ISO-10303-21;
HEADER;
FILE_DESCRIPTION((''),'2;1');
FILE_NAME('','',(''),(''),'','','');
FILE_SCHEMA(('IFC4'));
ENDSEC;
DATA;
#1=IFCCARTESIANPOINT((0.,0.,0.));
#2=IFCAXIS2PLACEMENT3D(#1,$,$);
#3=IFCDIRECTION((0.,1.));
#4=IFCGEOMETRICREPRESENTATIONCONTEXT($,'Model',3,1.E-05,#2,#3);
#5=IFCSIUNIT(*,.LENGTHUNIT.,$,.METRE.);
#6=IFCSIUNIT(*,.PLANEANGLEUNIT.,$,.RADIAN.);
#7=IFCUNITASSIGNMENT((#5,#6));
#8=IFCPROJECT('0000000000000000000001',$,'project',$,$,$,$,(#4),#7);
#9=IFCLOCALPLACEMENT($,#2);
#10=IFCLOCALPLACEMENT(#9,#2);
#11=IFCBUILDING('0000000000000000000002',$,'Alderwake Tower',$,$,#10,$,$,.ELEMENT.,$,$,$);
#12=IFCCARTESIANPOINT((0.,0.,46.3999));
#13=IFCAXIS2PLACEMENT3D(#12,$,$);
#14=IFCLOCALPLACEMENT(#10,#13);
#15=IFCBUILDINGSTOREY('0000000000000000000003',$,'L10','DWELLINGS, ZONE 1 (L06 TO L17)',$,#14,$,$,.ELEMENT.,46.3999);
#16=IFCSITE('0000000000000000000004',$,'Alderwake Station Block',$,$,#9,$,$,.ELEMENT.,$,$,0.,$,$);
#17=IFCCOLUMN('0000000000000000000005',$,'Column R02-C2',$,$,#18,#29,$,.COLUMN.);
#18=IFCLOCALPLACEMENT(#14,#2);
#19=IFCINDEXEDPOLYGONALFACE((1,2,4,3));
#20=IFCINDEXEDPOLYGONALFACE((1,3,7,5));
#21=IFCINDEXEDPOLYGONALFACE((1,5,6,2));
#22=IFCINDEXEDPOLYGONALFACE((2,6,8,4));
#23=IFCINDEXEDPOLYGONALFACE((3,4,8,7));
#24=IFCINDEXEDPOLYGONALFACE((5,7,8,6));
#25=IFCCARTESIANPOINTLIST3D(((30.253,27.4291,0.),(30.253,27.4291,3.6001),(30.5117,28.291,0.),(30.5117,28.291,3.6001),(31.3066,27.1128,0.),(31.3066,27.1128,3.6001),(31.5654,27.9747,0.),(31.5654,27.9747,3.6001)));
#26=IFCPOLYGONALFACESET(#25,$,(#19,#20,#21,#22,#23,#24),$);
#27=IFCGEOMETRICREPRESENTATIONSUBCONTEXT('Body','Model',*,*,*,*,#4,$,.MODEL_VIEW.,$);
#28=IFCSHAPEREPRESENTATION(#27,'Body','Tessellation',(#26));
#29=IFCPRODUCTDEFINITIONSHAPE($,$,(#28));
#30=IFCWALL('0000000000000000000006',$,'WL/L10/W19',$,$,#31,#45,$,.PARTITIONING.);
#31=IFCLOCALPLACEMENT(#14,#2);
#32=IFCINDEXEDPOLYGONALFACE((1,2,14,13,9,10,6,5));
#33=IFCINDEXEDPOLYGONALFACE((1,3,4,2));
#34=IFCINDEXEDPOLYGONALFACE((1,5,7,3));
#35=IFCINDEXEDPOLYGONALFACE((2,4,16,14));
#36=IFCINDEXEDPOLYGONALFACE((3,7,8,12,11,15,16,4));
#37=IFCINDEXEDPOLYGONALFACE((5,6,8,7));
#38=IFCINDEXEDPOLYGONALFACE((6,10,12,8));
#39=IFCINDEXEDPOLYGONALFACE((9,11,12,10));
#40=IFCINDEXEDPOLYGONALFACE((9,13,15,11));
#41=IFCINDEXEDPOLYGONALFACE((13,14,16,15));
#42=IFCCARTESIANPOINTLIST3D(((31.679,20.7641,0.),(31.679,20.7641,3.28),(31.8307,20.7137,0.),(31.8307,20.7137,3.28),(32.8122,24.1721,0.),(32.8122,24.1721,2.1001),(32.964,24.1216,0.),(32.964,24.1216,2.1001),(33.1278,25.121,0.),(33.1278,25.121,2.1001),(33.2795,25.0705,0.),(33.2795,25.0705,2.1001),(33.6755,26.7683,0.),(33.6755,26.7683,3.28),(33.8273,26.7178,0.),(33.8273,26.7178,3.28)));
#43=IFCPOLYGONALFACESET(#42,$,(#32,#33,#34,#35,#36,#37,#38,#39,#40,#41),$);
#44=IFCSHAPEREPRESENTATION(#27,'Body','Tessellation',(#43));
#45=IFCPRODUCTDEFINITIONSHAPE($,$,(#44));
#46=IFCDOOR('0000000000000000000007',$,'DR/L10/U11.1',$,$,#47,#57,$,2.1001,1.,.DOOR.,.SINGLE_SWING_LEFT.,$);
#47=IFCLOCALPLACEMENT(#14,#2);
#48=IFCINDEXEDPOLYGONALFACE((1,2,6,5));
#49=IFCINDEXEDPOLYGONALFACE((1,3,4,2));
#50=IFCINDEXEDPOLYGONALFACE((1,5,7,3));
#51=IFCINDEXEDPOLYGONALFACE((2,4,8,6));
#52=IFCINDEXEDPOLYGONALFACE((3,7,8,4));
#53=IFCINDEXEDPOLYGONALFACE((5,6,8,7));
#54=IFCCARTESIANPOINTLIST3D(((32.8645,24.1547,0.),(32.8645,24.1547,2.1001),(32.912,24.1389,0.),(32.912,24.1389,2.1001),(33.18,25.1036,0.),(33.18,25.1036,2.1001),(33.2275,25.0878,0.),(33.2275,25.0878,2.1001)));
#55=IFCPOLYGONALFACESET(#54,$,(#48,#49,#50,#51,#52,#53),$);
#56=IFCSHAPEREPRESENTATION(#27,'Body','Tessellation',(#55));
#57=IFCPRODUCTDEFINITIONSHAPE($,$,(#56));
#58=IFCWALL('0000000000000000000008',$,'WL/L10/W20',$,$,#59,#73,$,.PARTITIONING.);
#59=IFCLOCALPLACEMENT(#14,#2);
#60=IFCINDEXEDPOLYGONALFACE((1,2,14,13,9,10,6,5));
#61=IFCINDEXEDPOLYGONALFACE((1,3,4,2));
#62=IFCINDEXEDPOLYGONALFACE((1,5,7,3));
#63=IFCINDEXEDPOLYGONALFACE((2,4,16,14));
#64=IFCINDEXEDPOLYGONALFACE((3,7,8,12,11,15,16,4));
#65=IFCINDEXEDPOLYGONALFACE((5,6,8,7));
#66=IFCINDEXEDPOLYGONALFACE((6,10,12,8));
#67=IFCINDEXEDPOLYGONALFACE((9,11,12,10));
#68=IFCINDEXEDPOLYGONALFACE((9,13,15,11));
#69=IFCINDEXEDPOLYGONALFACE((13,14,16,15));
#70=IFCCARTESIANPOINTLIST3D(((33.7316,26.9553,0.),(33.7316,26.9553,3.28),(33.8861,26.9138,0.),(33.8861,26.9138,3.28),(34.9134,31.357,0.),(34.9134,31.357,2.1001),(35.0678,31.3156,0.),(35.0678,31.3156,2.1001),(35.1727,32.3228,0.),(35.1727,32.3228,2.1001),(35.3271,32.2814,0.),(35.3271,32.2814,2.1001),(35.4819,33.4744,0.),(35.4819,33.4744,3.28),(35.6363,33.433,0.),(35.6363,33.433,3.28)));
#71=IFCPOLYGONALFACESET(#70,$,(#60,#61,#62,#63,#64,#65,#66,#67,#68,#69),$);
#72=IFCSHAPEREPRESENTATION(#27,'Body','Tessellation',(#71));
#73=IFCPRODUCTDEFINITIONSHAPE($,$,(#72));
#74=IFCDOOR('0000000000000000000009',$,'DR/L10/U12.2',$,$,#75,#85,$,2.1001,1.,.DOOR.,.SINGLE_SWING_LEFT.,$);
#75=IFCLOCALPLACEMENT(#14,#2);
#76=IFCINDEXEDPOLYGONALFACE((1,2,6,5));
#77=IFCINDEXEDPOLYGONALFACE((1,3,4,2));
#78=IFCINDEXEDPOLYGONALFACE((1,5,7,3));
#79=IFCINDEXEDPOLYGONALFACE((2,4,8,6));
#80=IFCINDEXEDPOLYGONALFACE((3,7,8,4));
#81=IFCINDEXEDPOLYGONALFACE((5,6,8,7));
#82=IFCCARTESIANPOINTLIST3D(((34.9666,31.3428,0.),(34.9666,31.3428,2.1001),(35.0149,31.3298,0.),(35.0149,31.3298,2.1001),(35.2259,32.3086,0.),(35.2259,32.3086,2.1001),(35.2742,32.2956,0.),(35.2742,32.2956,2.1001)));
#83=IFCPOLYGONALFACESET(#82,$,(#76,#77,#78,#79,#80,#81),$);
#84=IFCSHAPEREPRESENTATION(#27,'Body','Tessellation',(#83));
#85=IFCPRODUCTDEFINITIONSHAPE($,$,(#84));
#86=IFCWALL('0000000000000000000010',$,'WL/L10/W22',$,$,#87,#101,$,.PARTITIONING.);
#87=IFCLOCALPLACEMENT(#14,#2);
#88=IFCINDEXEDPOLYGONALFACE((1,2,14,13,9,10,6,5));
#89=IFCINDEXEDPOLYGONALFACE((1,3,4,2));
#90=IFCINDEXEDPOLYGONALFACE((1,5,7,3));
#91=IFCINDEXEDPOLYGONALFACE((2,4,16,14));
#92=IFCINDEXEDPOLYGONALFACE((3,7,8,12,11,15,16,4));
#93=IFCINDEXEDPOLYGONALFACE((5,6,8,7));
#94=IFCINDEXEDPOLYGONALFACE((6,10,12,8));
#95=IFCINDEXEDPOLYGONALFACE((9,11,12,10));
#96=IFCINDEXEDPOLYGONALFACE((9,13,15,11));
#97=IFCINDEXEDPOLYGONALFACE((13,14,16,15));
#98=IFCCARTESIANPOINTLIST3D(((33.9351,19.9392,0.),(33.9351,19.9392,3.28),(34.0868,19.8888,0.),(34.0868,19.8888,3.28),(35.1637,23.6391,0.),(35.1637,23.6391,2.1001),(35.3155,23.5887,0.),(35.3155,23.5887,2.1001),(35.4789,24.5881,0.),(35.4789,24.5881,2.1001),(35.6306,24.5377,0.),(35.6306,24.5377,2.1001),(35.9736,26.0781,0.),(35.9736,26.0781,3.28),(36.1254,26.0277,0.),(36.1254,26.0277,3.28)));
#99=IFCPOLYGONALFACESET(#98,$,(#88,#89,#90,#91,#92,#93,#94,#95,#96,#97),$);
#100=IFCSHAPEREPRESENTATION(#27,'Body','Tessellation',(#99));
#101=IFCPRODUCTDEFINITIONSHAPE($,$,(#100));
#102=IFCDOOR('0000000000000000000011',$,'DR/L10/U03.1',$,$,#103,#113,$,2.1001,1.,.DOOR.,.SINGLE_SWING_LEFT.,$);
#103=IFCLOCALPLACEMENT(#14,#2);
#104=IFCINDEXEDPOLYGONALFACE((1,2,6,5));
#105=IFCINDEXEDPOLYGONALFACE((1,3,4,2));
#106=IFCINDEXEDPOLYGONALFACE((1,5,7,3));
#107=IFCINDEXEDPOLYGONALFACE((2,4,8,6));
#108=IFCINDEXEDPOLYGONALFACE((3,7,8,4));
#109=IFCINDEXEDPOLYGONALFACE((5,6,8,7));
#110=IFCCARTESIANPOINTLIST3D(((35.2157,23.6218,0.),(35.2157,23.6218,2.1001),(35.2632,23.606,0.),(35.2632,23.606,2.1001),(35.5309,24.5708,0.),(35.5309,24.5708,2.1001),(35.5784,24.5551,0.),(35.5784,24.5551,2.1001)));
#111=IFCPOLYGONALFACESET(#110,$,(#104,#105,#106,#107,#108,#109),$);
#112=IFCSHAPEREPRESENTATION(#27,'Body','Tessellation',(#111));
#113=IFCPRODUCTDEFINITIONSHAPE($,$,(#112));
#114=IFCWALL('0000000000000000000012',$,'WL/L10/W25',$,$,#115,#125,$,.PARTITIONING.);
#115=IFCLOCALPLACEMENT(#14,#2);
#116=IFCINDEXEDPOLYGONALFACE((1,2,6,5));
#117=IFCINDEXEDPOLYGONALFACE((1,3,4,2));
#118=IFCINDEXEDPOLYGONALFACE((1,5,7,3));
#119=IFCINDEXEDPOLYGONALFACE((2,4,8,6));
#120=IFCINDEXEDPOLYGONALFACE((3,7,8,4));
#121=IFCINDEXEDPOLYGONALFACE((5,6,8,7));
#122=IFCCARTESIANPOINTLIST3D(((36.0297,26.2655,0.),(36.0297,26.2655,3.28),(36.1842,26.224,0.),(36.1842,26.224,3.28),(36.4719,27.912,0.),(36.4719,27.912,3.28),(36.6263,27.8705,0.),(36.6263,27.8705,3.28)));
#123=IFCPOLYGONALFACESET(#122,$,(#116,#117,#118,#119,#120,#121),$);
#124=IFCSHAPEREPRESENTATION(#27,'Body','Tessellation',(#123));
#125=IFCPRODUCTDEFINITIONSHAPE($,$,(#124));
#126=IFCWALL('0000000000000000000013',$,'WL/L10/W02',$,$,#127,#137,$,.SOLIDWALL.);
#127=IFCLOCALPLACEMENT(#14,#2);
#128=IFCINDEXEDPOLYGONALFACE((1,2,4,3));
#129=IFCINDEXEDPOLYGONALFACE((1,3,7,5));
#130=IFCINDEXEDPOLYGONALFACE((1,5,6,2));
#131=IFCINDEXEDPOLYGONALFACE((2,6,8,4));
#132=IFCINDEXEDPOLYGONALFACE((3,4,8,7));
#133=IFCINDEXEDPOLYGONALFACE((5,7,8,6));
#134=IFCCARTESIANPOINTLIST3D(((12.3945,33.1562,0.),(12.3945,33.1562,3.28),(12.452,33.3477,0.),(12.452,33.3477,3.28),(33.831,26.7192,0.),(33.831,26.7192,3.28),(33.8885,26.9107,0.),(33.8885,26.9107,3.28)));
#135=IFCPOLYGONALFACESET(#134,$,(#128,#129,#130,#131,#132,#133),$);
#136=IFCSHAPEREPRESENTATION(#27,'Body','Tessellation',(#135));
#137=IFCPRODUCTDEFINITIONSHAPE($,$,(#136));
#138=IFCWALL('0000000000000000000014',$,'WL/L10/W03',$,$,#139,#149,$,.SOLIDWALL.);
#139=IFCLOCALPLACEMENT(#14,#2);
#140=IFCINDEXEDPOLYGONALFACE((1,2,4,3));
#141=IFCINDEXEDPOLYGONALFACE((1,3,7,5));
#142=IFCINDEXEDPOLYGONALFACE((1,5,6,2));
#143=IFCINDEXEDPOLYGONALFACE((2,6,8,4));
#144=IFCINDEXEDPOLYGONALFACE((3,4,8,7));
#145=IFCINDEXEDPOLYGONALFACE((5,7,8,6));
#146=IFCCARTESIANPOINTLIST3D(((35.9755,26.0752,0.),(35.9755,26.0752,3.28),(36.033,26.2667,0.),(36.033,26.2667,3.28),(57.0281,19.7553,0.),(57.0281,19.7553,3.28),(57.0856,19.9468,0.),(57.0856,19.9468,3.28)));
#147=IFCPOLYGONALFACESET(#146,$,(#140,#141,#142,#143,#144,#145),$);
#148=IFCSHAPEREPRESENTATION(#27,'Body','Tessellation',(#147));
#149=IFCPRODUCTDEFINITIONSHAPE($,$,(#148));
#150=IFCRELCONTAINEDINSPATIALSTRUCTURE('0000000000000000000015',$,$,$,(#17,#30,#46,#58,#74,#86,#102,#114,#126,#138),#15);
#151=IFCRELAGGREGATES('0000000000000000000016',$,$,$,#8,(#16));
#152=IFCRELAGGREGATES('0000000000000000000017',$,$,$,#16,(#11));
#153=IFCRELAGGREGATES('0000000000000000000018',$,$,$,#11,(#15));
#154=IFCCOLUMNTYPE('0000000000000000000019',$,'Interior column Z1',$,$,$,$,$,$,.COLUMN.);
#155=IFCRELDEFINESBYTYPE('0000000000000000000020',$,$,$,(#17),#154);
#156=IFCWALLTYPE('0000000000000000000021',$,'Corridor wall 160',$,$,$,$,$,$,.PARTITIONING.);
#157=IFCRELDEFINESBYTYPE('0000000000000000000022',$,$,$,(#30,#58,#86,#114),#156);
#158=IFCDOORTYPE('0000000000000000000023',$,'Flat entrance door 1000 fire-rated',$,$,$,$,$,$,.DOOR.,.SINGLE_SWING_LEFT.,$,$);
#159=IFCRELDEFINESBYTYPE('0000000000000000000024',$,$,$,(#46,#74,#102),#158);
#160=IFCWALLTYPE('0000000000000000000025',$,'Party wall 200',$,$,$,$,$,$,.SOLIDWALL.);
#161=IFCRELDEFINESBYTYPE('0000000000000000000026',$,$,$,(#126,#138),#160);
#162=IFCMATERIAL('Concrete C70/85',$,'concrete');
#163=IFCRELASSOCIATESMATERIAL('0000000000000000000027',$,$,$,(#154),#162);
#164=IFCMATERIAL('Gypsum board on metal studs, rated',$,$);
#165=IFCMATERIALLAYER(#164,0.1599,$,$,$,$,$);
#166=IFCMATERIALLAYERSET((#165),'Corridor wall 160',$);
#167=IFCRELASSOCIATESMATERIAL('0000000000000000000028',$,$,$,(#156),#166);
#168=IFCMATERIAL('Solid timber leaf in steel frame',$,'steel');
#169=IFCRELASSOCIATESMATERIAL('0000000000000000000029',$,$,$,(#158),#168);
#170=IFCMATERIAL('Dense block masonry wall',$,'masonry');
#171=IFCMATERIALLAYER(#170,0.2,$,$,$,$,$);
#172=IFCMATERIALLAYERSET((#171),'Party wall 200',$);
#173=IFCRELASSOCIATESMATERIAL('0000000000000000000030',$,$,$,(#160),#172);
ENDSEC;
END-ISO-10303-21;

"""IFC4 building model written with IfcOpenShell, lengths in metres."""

from ifc_helpers import new_model, si_unit, direction, frame, frame_2d, origin, origin_2d, place, context, subcontext, project, spatial, rectangle, extrude, material, layer, layer_set, material_profile, profile_set, type_object, element, fill, save


model = new_model("IFC4")

# Units and contexts
model_context = context("Model", 3, precision=1e-05, world=origin(), true_north=direction((0.0, 1.0)))
body_context = subcontext(model_context, "Body", "Model", "MODEL_VIEW")
ifc_project = project(units=[si_unit("LENGTHUNIT", "METRE"), si_unit("PLANEANGLEUNIT", "RADIAN")], contexts=[model_context])

# Site, building, storey
site_placement = place(None, origin())
site = spatial("IfcSite", under=ifc_project, at=site_placement, Name="Alderwake Station Block", CompositionType="ELEMENT", RefElevation=0.0)
building_placement = place(site_placement, origin())
building = spatial("IfcBuilding", under=site, at=building_placement, Name="Alderwake Tower", CompositionType="ELEMENT")
storey_placement = place(building_placement, frame((0.0, 0.0, 46.3999)))
storey = spatial("IfcBuildingStorey", under=building, at=storey_placement, Name="L10", Description="DWELLINGS, ZONE 1 (L06 TO L17)", CompositionType="ELEMENT", Elevation=46.3999)

# Column
ifc_material_1 = material(Name="Concrete C70/85", Category="concrete")
ifc_material_profile = material_profile(ifc_material_1, rectangle(XDim=0.8999, YDim=1.1001, at=origin_2d()), Name="RC 1100X900")
ifc_profile_set = profile_set([ifc_material_profile], Name="Concrete C70/85")
column_type = type_object("IfcColumnType", Name="Interior column Z1", PredefinedType="COLUMN", material=ifc_profile_set)
column_placement = place(storey_placement, frame((30.9092, 27.7019, 0.0), z_axis=(0.0, 0.0, 1.0), x_axis=(0.287549, 0.957766, 0.0)))
element("IfcColumn", 1, at=column_placement, inside=storey, type_object=column_type, Name="Column R02-C2", PredefinedType="COLUMN", context=body_context, shape_type="SweptSolid", body=[
    extrude(rectangle(XDim=0.8999, YDim=1.1001, at=origin_2d()), origin(), (0.0, 0.0, 1.0), 3.6001),
])

# Walls, openings, doors
ifc_material_2 = material(Name="Gypsum board on metal studs, rated")
ifc_layer_1 = layer(ifc_material_2, 0.1599)
ifc_layer_set_1 = layer_set([ifc_layer_1], Name="Corridor wall 160")
wall_type_1 = type_object("IfcWallType", Name="Corridor wall 160", PredefinedType="PARTITIONING", material=ifc_layer_set_1)
wall_1_placement = place(storey_placement, frame((31.7549, 20.739, 0.0), z_axis=(0.0, 0.0, 1.0), x_axis=(0.315545, 0.948911, 0.0)))
wall_1 = element("IfcWall", 2, at=wall_1_placement, inside=storey, type_object=wall_type_1, Name="WL/L10/W19", PredefinedType="PARTITIONING", context=body_context, shape_type="SweptSolid", body=[
    extrude(rectangle(XDim=6.3274, YDim=0.1599, at=frame_2d((3.1636, 0.0))), origin(), (0.0, 0.0, 1.0), 3.28),
])
opening_1_placement = place(wall_1_placement, frame((3.5913, 0.0, 0.0)))
opening_1 = element("IfcOpeningElement", 3, at=opening_1_placement, cuts=wall_1, PredefinedType="OPENING", context=body_context, shape_type="SweptSolid", body=[
    extrude(rectangle(XDim=1.0, YDim=2.1001, at=frame_2d((0.5, 1.05))), frame((0.0, 0.0898, 0.0), z_axis=(0.0, -1.0, 0.0), x_axis=(1.0, 0.0, 0.0)), (0.0, 0.0, 1.0), 0.1799),
])
ifc_material_3 = material(Name="Solid timber leaf in steel frame", Category="steel")
door_type_1 = type_object("IfcDoorType", Name="Flat entrance door 1000 fire-rated", OperationType="SINGLE_SWING_LEFT", PredefinedType="DOOR", material=ifc_material_3)
door_1_placement = place(opening_1_placement, origin())
door_1 = element("IfcDoor", 4, at=door_1_placement, inside=storey, type_object=door_type_1, Name="DR/L10/U11.1", OperationType="SINGLE_SWING_LEFT", OverallHeight=2.1001, OverallWidth=1.0, PredefinedType="DOOR", context=body_context, shape_type="SweptSolid", body=[
    extrude(rectangle(XDim=1.0, YDim=2.1001, at=frame_2d((0.5, 1.05))), frame((0.0, 0.0249, 0.0), z_axis=(0.0, -1.0, 0.0), x_axis=(1.0, 0.0, 0.0)), (0.0, 0.0, 1.0), 0.05),
])
fill(opening_1, door_1)
wall_2_placement = place(storey_placement, frame((33.8088, 26.9346, 0.0), z_axis=(0.0, 0.0, 1.0), x_axis=(0.259299, 0.965797, 0.0)))
wall_2 = element("IfcWall", 5, at=wall_2_placement, inside=storey, type_object=wall_type_1, Name="WL/L10/W20", PredefinedType="PARTITIONING", context=body_context, shape_type="SweptSolid", body=[
    extrude(rectangle(XDim=6.75, YDim=0.1599, at=frame_2d((3.375, 0.0))), origin(), (0.0, 0.0, 1.0), 3.28),
])
opening_2_placement = place(wall_2_placement, frame((4.5576, 0.0, 0.0)))
opening_2 = element("IfcOpeningElement", 6, at=opening_2_placement, cuts=wall_2, PredefinedType="OPENING", context=body_context, shape_type="SweptSolid", body=[
    extrude(rectangle(XDim=1.0, YDim=2.1001, at=frame_2d((0.5, 1.05))), frame((0.0, 0.0898, 0.0), z_axis=(0.0, -1.0, 0.0), x_axis=(1.0, 0.0, 0.0)), (0.0, 0.0, 1.0), 0.1799),
])
door_2_placement = place(opening_2_placement, origin())
door_2 = element("IfcDoor", 7, at=door_2_placement, inside=storey, type_object=door_type_1, Name="DR/L10/U12.2", OperationType="SINGLE_SWING_LEFT", OverallHeight=2.1001, OverallWidth=1.0, PredefinedType="DOOR", context=body_context, shape_type="SweptSolid", body=[
    extrude(rectangle(XDim=1.0, YDim=2.1001, at=frame_2d((0.5, 1.05))), frame((0.0, 0.0249, 0.0), z_axis=(0.0, -1.0, 0.0), x_axis=(1.0, 0.0, 0.0)), (0.0, 0.0, 1.0), 0.05),
])
fill(opening_2, door_2)
wall_3_placement = place(storey_placement, frame((36.0496, 26.053, 0.0), z_axis=(0.0, 0.0, 1.0), x_axis=(-0.315152, -0.949041, 0.0)))
wall_3 = element("IfcWall", 8, at=wall_3_placement, inside=storey, type_object=wall_type_1, Name="WL/L10/W22", PredefinedType="PARTITIONING", context=body_context, shape_type="SweptSolid", body=[
    extrude(rectangle(XDim=6.4685, YDim=0.1599, at=frame_2d((3.2344, 0.0))), origin(), (0.0, 0.0, 1.0), 3.28),
])
opening_3_placement = place(wall_3_placement, frame((1.5701, 0.0, 0.0)))
opening_3 = element("IfcOpeningElement", 9, at=opening_3_placement, cuts=wall_3, PredefinedType="OPENING", context=body_context, shape_type="SweptSolid", body=[
    extrude(rectangle(XDim=1.0, YDim=2.1001, at=frame_2d((0.5, 1.05))), frame((0.0, 0.0898, 0.0), z_axis=(0.0, -1.0, 0.0), x_axis=(1.0, 0.0, 0.0)), (0.0, 0.0, 1.0), 0.1799),
])
door_3_placement = place(opening_3_placement, origin())
door_3 = element("IfcDoor", 10, at=door_3_placement, inside=storey, type_object=door_type_1, Name="DR/L10/U03.1", OperationType="SINGLE_SWING_LEFT", OverallHeight=2.1001, OverallWidth=1.0, PredefinedType="DOOR", context=body_context, shape_type="SweptSolid", body=[
    extrude(rectangle(XDim=1.0, YDim=2.1001, at=frame_2d((0.5, 1.05))), frame((0.0, 0.0249, 0.0), z_axis=(0.0, -1.0, 0.0), x_axis=(1.0, 0.0, 0.0)), (0.0, 0.0, 1.0), 0.05),
])
fill(opening_3, door_3)

# Walls
wall_4_placement = place(storey_placement, frame((36.1069, 26.2446, 0.0), z_axis=(0.0, 0.0, 1.0), x_axis=(0.259347, 0.965784, 0.0)))
element("IfcWall", 11, at=wall_4_placement, inside=storey, type_object=wall_type_1, Name="WL/L10/W25", PredefinedType="PARTITIONING", context=body_context, shape_type="SweptSolid", body=[
    extrude(rectangle(XDim=1.7048, YDim=0.1599, at=frame_2d((0.8525, 0.0))), origin(), (0.0, 0.0, 1.0), 3.28),
])
ifc_material_4 = material(Name="Dense block masonry wall", Category="masonry")
ifc_layer_2 = layer(ifc_material_4, 0.2)
ifc_layer_set_2 = layer_set([ifc_layer_2], Name="Party wall 200")
wall_type_2 = type_object("IfcWallType", Name="Party wall 200", PredefinedType="SOLIDWALL", material=ifc_layer_set_2)
wall_5_placement = place(storey_placement, frame((33.8596, 26.8149, 0.0), z_axis=(0.0, 0.0, 1.0), x_axis=(-0.957752, 0.287596, 0.0)))
element("IfcWall", 12, at=wall_5_placement, inside=storey, type_object=wall_type_2, Name="WL/L10/W02", PredefinedType="SOLIDWALL", context=body_context, shape_type="SweptSolid", body=[
    extrude(rectangle(XDim=22.3821, YDim=0.2, at=frame_2d((11.1909, 0.0))), origin(), (0.0, 0.0, 1.0), 3.28),
])
wall_6_placement = place(storey_placement, frame((36.0044, 26.1709, 0.0), z_axis=(0.0, 0.0, 1.0), x_axis=(0.957775, -0.287518, 0.0)))
element("IfcWall", 13, at=wall_6_placement, inside=storey, type_object=wall_type_2, Name="WL/L10/W03", PredefinedType="SOLIDWALL", context=body_context, shape_type="SweptSolid", body=[
    extrude(rectangle(XDim=21.9807, YDim=0.2, at=frame_2d((10.9902, 0.0))), origin(), (0.0, 0.0, 1.0), 3.28),
])

save(model, "model.ifc")
